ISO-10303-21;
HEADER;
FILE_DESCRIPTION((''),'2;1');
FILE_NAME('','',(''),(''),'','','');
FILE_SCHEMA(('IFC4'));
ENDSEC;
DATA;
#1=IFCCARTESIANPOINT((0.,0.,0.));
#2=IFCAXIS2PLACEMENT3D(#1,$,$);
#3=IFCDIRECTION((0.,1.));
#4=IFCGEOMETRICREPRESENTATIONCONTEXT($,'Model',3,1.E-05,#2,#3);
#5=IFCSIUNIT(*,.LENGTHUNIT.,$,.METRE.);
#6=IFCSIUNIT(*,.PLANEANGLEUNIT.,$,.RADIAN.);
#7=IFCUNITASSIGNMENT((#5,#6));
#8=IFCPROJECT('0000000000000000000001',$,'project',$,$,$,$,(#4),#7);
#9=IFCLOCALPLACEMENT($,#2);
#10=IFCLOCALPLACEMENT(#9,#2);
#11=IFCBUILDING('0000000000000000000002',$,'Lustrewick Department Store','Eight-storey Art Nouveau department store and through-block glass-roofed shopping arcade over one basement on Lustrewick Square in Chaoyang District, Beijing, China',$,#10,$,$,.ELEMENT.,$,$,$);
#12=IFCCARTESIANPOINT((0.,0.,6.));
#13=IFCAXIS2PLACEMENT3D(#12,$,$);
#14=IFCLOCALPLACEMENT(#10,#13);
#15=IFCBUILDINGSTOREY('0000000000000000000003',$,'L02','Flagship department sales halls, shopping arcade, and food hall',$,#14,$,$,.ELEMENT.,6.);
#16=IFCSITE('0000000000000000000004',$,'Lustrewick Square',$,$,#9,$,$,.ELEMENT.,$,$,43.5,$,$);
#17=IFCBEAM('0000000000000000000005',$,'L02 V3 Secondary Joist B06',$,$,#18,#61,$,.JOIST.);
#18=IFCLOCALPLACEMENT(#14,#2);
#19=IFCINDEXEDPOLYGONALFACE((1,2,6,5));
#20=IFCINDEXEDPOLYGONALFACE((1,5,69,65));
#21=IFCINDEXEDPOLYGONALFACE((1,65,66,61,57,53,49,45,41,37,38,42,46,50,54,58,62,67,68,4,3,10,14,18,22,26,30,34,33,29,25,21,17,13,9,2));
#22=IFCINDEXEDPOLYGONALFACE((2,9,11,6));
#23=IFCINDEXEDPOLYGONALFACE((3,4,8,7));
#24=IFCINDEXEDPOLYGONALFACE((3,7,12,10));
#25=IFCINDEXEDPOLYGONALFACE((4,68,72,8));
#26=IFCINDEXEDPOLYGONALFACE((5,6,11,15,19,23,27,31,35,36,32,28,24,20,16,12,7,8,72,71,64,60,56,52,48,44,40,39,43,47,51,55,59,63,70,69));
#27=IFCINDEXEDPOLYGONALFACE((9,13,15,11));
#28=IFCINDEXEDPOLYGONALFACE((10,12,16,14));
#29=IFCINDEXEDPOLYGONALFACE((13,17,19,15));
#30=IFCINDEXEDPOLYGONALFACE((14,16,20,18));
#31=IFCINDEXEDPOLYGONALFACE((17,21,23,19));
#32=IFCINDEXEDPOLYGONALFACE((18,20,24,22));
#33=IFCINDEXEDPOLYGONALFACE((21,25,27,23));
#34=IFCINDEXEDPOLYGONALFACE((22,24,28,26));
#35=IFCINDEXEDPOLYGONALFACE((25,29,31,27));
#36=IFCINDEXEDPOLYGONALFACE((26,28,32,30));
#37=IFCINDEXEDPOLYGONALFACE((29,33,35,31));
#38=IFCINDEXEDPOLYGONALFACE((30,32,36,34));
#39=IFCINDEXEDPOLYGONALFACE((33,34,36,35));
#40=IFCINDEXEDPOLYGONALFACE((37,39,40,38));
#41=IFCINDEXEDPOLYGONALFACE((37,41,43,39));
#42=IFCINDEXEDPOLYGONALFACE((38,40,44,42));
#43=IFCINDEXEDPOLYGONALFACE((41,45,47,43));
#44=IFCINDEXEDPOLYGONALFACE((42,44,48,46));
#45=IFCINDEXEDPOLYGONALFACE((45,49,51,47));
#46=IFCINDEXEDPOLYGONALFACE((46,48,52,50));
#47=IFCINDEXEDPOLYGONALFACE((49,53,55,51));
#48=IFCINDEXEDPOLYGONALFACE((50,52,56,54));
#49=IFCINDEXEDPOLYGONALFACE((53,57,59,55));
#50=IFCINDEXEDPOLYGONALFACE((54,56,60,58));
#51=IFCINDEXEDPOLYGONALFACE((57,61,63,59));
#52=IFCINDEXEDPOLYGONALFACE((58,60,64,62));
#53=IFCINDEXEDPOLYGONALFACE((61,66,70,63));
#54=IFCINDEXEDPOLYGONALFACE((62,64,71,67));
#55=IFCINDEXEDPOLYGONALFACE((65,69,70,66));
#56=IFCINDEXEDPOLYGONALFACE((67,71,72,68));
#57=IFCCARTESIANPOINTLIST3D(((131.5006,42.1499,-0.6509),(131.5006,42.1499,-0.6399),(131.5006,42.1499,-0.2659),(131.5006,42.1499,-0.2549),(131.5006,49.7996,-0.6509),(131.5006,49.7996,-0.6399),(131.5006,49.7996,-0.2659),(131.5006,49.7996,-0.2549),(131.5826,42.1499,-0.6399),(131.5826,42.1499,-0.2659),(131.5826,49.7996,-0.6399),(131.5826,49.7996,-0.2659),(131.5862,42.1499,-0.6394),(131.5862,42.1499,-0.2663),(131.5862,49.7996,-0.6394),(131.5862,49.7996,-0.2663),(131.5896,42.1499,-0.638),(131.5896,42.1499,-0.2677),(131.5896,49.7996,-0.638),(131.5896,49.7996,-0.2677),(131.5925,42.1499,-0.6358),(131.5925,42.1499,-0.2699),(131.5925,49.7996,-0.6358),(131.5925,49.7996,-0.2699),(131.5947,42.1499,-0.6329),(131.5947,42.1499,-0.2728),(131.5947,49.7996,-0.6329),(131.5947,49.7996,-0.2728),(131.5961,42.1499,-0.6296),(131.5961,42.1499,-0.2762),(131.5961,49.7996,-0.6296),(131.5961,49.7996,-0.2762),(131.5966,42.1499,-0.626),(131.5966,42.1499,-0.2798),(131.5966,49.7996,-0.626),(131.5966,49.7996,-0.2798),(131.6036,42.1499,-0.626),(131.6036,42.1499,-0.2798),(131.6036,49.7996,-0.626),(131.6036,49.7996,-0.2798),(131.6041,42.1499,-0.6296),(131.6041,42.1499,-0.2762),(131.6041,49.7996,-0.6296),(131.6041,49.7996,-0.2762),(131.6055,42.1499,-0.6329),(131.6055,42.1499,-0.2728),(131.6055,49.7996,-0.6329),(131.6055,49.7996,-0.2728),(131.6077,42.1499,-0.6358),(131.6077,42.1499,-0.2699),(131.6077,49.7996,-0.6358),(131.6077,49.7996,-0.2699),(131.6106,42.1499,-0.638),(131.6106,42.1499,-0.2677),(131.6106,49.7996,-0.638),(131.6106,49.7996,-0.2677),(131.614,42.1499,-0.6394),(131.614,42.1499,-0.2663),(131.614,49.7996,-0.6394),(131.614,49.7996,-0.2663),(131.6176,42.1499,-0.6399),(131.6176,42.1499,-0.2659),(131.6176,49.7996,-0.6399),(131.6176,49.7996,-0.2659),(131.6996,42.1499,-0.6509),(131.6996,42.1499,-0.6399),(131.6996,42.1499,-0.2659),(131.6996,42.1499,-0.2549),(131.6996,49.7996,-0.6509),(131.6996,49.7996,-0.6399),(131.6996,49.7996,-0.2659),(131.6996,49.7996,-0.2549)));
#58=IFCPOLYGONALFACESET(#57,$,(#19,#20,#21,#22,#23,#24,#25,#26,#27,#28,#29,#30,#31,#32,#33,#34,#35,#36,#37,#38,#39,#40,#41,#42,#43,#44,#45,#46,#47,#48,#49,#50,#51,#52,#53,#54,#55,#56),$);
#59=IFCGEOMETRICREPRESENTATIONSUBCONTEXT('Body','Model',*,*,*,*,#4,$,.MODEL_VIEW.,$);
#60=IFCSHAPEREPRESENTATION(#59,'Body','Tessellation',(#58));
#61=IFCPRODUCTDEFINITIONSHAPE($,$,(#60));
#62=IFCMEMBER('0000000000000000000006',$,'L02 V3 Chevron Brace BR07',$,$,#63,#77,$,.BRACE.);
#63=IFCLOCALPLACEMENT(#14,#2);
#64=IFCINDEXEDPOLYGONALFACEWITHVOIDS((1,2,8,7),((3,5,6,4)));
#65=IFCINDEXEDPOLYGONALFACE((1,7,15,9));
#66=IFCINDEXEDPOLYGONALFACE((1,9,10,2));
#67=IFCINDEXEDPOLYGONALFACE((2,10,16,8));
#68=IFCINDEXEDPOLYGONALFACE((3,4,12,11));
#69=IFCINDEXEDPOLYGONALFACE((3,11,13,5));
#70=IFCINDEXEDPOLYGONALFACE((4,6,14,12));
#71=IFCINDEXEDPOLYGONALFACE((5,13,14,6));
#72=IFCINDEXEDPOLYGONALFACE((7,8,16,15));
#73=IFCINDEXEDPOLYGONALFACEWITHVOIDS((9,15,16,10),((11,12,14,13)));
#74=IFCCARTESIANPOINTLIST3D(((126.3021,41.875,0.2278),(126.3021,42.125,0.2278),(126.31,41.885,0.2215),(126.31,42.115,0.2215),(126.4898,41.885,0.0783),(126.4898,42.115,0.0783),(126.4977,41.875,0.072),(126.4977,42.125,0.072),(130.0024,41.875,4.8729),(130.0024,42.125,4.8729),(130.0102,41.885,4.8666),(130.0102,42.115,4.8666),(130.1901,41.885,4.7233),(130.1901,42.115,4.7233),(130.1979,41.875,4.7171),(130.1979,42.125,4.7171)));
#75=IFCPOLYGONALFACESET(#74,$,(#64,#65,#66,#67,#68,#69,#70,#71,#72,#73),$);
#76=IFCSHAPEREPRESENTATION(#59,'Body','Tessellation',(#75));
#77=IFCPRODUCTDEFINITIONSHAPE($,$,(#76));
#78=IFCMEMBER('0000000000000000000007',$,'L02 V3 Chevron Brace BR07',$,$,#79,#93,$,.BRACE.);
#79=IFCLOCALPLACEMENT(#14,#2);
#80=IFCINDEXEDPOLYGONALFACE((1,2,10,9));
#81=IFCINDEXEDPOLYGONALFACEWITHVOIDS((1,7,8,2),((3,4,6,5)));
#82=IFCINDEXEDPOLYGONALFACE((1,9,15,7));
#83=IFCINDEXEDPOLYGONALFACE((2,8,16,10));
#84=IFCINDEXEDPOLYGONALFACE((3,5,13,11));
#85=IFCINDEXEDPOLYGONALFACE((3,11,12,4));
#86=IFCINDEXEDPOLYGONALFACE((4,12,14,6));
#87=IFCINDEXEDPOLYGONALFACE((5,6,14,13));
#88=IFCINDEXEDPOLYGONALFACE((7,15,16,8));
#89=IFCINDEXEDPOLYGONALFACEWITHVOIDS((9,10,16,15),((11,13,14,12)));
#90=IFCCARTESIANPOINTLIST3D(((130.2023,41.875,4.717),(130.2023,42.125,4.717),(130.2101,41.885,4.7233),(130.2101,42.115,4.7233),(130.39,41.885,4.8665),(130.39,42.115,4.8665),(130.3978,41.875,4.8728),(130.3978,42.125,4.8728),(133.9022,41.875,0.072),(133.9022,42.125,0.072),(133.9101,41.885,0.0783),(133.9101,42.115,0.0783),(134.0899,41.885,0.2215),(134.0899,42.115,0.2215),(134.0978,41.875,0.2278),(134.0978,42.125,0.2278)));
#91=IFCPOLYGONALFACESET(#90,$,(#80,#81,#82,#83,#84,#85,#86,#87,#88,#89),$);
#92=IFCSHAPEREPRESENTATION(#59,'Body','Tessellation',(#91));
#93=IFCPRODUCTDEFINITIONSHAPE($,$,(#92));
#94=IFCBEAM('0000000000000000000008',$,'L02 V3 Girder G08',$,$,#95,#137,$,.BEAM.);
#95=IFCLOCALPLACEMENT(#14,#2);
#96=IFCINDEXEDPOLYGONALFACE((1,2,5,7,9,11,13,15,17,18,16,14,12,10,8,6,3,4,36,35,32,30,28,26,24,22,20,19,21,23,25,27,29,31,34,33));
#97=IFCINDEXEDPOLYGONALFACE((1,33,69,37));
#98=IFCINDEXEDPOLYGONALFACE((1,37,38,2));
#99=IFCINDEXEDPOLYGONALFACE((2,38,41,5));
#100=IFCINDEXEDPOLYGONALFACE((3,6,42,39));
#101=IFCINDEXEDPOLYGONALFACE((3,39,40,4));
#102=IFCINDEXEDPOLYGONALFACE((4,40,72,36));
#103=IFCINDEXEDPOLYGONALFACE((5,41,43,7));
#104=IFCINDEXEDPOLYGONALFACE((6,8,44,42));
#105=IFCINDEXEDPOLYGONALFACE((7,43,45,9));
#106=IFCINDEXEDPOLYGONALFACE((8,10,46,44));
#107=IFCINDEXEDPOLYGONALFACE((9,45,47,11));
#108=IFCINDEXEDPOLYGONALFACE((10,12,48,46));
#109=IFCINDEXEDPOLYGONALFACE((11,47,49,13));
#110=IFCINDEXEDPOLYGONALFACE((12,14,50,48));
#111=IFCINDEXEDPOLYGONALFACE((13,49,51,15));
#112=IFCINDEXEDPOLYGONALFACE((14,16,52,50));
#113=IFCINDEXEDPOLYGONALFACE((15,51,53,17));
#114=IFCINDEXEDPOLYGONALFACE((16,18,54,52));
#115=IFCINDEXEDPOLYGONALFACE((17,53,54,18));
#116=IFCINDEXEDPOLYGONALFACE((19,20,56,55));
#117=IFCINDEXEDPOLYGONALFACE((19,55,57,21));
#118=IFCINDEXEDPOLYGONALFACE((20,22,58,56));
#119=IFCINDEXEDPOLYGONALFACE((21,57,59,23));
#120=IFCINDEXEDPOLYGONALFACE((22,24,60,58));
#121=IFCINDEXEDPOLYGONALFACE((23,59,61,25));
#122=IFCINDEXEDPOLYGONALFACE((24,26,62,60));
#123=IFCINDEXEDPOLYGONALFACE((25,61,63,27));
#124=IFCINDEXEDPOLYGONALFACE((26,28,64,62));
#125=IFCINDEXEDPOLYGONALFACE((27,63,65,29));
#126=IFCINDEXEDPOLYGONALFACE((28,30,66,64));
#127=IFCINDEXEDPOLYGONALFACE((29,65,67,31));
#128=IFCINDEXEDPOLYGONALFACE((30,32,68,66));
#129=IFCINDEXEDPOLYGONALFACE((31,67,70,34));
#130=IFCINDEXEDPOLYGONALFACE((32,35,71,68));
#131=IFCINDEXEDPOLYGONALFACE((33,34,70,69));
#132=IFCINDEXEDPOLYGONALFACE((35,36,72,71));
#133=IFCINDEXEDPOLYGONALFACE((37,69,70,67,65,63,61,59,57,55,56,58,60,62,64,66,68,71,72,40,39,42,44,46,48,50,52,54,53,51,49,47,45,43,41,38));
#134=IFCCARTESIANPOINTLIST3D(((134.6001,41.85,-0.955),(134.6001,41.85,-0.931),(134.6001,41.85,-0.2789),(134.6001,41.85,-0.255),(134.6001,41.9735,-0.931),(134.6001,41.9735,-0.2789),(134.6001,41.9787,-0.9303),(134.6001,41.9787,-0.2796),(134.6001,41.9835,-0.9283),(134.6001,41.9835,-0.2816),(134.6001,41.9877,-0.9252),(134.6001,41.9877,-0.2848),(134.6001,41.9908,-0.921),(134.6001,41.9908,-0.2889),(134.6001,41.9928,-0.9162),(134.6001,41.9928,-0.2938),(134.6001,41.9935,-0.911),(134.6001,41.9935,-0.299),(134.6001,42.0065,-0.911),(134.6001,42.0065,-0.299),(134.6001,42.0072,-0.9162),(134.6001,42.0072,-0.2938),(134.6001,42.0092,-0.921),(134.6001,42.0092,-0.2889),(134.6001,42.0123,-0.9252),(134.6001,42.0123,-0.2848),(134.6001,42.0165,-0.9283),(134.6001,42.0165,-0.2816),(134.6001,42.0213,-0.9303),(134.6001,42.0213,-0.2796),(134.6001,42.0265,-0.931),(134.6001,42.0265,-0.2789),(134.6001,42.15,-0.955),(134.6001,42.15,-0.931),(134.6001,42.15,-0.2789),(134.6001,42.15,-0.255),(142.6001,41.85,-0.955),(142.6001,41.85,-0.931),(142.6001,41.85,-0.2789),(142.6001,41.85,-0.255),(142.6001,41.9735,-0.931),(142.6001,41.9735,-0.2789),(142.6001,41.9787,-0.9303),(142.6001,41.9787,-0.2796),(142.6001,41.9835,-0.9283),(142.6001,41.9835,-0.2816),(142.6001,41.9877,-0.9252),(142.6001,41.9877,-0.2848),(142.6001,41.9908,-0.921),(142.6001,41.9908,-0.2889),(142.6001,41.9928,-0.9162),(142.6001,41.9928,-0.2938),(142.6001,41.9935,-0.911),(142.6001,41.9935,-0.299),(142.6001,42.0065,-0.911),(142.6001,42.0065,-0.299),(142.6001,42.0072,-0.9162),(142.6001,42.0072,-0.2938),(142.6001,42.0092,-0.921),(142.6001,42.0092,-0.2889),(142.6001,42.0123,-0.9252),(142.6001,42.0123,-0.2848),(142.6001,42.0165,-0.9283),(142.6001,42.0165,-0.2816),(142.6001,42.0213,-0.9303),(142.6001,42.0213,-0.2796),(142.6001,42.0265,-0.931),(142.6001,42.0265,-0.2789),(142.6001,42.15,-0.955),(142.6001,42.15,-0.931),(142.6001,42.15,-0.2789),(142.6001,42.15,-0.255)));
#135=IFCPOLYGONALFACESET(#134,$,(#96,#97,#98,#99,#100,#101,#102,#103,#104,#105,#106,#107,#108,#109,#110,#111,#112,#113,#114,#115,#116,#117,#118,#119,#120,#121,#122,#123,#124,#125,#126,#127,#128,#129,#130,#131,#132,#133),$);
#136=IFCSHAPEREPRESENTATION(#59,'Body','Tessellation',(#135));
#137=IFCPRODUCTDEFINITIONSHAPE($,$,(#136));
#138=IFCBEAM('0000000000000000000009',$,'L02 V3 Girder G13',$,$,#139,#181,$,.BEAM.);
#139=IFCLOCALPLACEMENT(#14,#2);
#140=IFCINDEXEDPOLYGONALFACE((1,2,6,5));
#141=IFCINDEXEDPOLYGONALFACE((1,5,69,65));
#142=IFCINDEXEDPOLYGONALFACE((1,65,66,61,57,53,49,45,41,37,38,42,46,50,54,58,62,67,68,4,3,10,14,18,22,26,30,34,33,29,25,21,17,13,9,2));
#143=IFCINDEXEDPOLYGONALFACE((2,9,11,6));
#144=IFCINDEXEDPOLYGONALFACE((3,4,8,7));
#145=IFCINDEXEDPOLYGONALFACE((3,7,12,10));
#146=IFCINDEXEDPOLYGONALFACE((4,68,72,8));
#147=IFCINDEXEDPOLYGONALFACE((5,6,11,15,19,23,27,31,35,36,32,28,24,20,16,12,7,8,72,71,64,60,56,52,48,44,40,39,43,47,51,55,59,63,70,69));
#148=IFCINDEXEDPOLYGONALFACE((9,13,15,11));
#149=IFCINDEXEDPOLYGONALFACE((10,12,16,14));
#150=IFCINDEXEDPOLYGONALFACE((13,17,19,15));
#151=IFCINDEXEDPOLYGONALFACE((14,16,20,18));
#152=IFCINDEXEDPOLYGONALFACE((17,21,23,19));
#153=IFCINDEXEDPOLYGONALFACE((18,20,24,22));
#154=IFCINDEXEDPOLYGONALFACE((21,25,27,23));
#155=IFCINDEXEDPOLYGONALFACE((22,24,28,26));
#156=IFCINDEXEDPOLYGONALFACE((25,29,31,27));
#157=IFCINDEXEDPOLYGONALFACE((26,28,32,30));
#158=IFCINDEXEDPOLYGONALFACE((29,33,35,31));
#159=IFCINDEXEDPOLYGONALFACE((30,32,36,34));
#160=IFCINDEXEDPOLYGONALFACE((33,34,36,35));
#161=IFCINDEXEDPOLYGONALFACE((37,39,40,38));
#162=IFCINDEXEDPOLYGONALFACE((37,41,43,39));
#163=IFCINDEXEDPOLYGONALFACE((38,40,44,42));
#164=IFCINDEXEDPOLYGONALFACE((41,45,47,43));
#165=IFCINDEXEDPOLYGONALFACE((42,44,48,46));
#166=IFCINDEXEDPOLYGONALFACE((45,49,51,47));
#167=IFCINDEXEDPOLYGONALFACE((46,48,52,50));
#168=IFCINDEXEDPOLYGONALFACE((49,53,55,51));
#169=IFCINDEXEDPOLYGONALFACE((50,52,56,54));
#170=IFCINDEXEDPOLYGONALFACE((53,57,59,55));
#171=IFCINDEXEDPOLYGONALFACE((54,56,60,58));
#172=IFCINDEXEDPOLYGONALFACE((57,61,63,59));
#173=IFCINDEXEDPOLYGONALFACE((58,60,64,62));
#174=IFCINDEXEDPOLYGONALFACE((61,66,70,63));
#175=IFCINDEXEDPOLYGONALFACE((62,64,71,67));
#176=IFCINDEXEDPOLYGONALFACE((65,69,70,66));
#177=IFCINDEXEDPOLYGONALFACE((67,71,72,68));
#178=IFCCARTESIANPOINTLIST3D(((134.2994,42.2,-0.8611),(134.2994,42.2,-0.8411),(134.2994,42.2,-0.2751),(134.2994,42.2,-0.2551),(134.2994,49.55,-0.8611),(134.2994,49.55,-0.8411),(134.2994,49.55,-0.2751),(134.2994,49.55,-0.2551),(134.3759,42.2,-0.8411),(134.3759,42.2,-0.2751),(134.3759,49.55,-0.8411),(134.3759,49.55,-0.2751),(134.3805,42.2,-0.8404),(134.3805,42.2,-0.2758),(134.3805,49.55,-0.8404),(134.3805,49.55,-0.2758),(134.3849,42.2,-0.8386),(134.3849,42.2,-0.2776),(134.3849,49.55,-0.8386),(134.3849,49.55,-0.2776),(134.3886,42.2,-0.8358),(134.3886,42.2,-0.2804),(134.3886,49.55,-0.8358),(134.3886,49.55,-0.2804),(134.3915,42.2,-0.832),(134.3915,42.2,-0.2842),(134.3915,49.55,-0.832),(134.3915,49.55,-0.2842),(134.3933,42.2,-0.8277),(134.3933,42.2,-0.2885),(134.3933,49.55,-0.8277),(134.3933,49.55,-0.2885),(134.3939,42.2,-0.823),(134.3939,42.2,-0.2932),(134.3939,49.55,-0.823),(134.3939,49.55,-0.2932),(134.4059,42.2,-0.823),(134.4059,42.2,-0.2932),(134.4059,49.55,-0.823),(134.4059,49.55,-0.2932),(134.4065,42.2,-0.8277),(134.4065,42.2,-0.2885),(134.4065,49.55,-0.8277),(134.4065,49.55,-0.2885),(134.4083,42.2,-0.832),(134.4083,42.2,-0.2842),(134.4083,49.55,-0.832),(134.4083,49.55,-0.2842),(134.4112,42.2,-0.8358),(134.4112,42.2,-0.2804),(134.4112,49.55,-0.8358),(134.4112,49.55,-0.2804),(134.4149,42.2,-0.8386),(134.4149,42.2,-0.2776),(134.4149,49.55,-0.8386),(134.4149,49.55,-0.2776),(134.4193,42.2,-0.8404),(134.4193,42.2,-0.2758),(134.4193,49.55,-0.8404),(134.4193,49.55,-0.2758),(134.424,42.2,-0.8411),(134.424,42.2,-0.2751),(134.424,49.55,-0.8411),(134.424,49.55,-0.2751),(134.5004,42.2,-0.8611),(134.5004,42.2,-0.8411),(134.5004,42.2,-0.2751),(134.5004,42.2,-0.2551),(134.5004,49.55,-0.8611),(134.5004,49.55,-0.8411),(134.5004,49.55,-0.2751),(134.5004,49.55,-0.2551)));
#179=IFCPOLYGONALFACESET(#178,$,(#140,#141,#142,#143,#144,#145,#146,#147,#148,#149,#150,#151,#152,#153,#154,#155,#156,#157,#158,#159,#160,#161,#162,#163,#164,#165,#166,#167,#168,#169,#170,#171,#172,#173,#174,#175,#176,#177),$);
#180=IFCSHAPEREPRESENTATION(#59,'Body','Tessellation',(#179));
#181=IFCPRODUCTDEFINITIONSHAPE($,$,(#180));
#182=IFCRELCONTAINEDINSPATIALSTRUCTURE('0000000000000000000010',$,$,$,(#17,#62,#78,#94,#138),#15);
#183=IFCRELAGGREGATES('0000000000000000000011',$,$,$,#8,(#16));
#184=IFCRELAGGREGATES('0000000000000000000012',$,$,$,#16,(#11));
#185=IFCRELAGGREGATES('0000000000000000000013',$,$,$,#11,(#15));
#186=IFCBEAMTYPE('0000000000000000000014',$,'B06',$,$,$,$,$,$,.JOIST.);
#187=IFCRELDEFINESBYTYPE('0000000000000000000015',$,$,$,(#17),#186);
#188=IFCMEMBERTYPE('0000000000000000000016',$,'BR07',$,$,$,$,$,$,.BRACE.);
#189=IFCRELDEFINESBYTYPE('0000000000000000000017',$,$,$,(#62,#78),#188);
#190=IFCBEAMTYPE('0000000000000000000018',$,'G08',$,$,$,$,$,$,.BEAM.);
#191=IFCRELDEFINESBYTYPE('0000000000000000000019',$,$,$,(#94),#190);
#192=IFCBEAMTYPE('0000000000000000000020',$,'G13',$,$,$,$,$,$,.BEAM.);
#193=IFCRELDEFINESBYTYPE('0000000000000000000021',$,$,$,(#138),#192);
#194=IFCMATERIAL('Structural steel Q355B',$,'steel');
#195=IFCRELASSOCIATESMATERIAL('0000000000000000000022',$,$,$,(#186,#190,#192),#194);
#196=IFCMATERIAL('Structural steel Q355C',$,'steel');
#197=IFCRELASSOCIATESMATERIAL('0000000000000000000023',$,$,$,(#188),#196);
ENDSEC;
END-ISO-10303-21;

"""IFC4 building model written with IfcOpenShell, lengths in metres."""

from ifc_helpers import new_model, si_unit, direction, frame, origin, origin_2d, place, context, subcontext, project, spatial, hollow_rectangle, i_section, extrude, material, material_profile, profile_set, type_object, element, save


model = new_model("IFC4")

# Units and contexts
model_context = context("Model", 3, precision=1e-05, world=origin(), true_north=direction((0.0, 1.0)))
body_context = subcontext(model_context, "Body", "Model", "MODEL_VIEW")
ifc_project = project(units=[si_unit("LENGTHUNIT", "METRE"), si_unit("PLANEANGLEUNIT", "RADIAN")], contexts=[model_context])

# Site, building, storey
site_placement = place(None, origin())
site = spatial("IfcSite", under=ifc_project, at=site_placement, Name="Lustrewick Square", CompositionType="ELEMENT", RefElevation=43.5)
building_placement = place(site_placement, origin())
building = spatial("IfcBuilding", under=site, at=building_placement, Name="Lustrewick Department Store", Description="Eight-storey Art Nouveau department store and through-block glass-roofed shopping arcade over one basement on Lustrewick Square in Chaoyang District, Beijing, China", CompositionType="ELEMENT")
storey_placement = place(building_placement, frame((0.0, 0.0, 6.0)))
storey = spatial("IfcBuildingStorey", under=building, at=storey_placement, Name="L02", Description="Flagship department sales halls, shopping arcade, and food hall", CompositionType="ELEMENT", Elevation=6.0)

# Shared definitions
ifc_material_1 = material(Name="Structural steel Q355C", Category="steel")
ifc_material_2 = material(Name="Structural steel Q355B", Category="steel")

# Beam
ifc_material_profile_1 = material_profile(ifc_material_2, i_section(OverallWidth=0.199, OverallDepth=0.396, WebThickness=0.0071, FlangeThickness=0.011, FilletRadius=0.0139, at=origin_2d()), Name="HN 396x199x7x11")
ifc_profile_set_1 = profile_set([ifc_material_profile_1], Name="Structural steel Q355B")
beam_type_1 = type_object("IfcBeamType", Name="B06", PredefinedType="JOIST", material=ifc_profile_set_1)
beam_1_placement = place(storey_placement, frame((131.6001, 42.1499, -0.4529), z_axis=(0.0, 1.0, 0.0), x_axis=(-1.0, 0.0, 0.0)))
element("IfcBeam", 1, at=beam_1_placement, inside=storey, type_object=beam_type_1, Name="L02 V3 Secondary Joist B06", PredefinedType="JOIST", context=body_context, shape_type="SweptSolid", body=[
    extrude(i_section(OverallWidth=0.199, OverallDepth=0.396, WebThickness=0.0071, FlangeThickness=0.011, FilletRadius=0.0139, at=origin_2d()), origin(), (0.0, 0.0, 1.0), 7.6497),
])

# Members
ifc_material_profile_2 = material_profile(ifc_material_1, hollow_rectangle(XDim=0.25, YDim=0.25, WallThickness=0.01, at=origin_2d()), Name="SHS 250x250x10")
ifc_profile_set_2 = profile_set([ifc_material_profile_2], Name="Structural steel Q355C")
member_type = type_object("IfcMemberType", Name="BR07", PredefinedType="BRACE", material=ifc_profile_set_2)
member_1_placement = place(storey_placement, frame((126.3999, 42.0, 0.1499), z_axis=(0.623069, 0.0, 0.782167), x_axis=(0.0, 1.0, 0.0)))
element("IfcMember", 2, at=member_1_placement, inside=storey, type_object=member_type, Name="L02 V3 Chevron Brace BR07", PredefinedType="BRACE", context=body_context, shape_type="SweptSolid", body=[
    extrude(hollow_rectangle(XDim=0.25, YDim=0.25, WallThickness=0.01, at=origin_2d()), origin(), (0.0, 0.0, 1.0), 5.9387),
])
member_2_placement = place(storey_placement, frame((134.0, 42.0, 0.1499), z_axis=(-0.623044, 0.0, 0.782187), x_axis=(0.0, -1.0, 0.0)))
element("IfcMember", 3, at=member_2_placement, inside=storey, type_object=member_type, Name="L02 V3 Chevron Brace BR07", PredefinedType="BRACE", context=body_context, shape_type="SweptSolid", body=[
    extrude(hollow_rectangle(XDim=0.25, YDim=0.25, WallThickness=0.01, at=origin_2d()), origin(), (0.0, 0.0, 1.0), 5.9385),
])

# Beams
ifc_material_profile_3 = material_profile(ifc_material_2, i_section(OverallWidth=0.3, OverallDepth=0.7, WebThickness=0.0129, FlangeThickness=0.0239, FilletRadius=0.02, at=origin_2d()), Name="HN 700x300x13x24")
ifc_profile_set_3 = profile_set([ifc_material_profile_3], Name="Structural steel Q355B")
beam_type_2 = type_object("IfcBeamType", Name="G08", PredefinedType="BEAM", material=ifc_profile_set_3)
beam_2_placement = place(storey_placement, frame((134.6001, 42.0, -0.605), z_axis=(1.0, 0.0, 0.0), x_axis=(0.0, 1.0, 0.0)))
element("IfcBeam", 4, at=beam_2_placement, inside=storey, type_object=beam_type_2, Name="L02 V3 Girder G08", PredefinedType="BEAM", context=body_context, shape_type="SweptSolid", body=[
    extrude(i_section(OverallWidth=0.3, OverallDepth=0.7, WebThickness=0.0129, FlangeThickness=0.0239, FilletRadius=0.02, at=origin_2d()), origin(), (0.0, 0.0, 1.0), 8.0),
])
ifc_material_profile_4 = material_profile(ifc_material_2, i_section(OverallWidth=0.2009, OverallDepth=0.606, WebThickness=0.012, FlangeThickness=0.02, FilletRadius=0.0181, at=origin_2d()), Name="HN 606x201x12x20")
ifc_profile_set_4 = profile_set([ifc_material_profile_4], Name="Structural steel Q355B")
beam_type_3 = type_object("IfcBeamType", Name="G13", PredefinedType="BEAM", material=ifc_profile_set_4)
beam_3_placement = place(storey_placement, frame((134.3999, 42.2, -0.5581), z_axis=(0.0, 1.0, 0.0), x_axis=(-1.0, 0.0, 0.0)))
element("IfcBeam", 5, at=beam_3_placement, inside=storey, type_object=beam_type_3, Name="L02 V3 Girder G13", PredefinedType="BEAM", context=body_context, shape_type="SweptSolid", body=[
    extrude(i_section(OverallWidth=0.2009, OverallDepth=0.606, WebThickness=0.012, FlangeThickness=0.02, FilletRadius=0.0181, at=origin_2d()), origin(), (0.0, 0.0, 1.0), 7.3501),
])

save(model, "model.ifc")
